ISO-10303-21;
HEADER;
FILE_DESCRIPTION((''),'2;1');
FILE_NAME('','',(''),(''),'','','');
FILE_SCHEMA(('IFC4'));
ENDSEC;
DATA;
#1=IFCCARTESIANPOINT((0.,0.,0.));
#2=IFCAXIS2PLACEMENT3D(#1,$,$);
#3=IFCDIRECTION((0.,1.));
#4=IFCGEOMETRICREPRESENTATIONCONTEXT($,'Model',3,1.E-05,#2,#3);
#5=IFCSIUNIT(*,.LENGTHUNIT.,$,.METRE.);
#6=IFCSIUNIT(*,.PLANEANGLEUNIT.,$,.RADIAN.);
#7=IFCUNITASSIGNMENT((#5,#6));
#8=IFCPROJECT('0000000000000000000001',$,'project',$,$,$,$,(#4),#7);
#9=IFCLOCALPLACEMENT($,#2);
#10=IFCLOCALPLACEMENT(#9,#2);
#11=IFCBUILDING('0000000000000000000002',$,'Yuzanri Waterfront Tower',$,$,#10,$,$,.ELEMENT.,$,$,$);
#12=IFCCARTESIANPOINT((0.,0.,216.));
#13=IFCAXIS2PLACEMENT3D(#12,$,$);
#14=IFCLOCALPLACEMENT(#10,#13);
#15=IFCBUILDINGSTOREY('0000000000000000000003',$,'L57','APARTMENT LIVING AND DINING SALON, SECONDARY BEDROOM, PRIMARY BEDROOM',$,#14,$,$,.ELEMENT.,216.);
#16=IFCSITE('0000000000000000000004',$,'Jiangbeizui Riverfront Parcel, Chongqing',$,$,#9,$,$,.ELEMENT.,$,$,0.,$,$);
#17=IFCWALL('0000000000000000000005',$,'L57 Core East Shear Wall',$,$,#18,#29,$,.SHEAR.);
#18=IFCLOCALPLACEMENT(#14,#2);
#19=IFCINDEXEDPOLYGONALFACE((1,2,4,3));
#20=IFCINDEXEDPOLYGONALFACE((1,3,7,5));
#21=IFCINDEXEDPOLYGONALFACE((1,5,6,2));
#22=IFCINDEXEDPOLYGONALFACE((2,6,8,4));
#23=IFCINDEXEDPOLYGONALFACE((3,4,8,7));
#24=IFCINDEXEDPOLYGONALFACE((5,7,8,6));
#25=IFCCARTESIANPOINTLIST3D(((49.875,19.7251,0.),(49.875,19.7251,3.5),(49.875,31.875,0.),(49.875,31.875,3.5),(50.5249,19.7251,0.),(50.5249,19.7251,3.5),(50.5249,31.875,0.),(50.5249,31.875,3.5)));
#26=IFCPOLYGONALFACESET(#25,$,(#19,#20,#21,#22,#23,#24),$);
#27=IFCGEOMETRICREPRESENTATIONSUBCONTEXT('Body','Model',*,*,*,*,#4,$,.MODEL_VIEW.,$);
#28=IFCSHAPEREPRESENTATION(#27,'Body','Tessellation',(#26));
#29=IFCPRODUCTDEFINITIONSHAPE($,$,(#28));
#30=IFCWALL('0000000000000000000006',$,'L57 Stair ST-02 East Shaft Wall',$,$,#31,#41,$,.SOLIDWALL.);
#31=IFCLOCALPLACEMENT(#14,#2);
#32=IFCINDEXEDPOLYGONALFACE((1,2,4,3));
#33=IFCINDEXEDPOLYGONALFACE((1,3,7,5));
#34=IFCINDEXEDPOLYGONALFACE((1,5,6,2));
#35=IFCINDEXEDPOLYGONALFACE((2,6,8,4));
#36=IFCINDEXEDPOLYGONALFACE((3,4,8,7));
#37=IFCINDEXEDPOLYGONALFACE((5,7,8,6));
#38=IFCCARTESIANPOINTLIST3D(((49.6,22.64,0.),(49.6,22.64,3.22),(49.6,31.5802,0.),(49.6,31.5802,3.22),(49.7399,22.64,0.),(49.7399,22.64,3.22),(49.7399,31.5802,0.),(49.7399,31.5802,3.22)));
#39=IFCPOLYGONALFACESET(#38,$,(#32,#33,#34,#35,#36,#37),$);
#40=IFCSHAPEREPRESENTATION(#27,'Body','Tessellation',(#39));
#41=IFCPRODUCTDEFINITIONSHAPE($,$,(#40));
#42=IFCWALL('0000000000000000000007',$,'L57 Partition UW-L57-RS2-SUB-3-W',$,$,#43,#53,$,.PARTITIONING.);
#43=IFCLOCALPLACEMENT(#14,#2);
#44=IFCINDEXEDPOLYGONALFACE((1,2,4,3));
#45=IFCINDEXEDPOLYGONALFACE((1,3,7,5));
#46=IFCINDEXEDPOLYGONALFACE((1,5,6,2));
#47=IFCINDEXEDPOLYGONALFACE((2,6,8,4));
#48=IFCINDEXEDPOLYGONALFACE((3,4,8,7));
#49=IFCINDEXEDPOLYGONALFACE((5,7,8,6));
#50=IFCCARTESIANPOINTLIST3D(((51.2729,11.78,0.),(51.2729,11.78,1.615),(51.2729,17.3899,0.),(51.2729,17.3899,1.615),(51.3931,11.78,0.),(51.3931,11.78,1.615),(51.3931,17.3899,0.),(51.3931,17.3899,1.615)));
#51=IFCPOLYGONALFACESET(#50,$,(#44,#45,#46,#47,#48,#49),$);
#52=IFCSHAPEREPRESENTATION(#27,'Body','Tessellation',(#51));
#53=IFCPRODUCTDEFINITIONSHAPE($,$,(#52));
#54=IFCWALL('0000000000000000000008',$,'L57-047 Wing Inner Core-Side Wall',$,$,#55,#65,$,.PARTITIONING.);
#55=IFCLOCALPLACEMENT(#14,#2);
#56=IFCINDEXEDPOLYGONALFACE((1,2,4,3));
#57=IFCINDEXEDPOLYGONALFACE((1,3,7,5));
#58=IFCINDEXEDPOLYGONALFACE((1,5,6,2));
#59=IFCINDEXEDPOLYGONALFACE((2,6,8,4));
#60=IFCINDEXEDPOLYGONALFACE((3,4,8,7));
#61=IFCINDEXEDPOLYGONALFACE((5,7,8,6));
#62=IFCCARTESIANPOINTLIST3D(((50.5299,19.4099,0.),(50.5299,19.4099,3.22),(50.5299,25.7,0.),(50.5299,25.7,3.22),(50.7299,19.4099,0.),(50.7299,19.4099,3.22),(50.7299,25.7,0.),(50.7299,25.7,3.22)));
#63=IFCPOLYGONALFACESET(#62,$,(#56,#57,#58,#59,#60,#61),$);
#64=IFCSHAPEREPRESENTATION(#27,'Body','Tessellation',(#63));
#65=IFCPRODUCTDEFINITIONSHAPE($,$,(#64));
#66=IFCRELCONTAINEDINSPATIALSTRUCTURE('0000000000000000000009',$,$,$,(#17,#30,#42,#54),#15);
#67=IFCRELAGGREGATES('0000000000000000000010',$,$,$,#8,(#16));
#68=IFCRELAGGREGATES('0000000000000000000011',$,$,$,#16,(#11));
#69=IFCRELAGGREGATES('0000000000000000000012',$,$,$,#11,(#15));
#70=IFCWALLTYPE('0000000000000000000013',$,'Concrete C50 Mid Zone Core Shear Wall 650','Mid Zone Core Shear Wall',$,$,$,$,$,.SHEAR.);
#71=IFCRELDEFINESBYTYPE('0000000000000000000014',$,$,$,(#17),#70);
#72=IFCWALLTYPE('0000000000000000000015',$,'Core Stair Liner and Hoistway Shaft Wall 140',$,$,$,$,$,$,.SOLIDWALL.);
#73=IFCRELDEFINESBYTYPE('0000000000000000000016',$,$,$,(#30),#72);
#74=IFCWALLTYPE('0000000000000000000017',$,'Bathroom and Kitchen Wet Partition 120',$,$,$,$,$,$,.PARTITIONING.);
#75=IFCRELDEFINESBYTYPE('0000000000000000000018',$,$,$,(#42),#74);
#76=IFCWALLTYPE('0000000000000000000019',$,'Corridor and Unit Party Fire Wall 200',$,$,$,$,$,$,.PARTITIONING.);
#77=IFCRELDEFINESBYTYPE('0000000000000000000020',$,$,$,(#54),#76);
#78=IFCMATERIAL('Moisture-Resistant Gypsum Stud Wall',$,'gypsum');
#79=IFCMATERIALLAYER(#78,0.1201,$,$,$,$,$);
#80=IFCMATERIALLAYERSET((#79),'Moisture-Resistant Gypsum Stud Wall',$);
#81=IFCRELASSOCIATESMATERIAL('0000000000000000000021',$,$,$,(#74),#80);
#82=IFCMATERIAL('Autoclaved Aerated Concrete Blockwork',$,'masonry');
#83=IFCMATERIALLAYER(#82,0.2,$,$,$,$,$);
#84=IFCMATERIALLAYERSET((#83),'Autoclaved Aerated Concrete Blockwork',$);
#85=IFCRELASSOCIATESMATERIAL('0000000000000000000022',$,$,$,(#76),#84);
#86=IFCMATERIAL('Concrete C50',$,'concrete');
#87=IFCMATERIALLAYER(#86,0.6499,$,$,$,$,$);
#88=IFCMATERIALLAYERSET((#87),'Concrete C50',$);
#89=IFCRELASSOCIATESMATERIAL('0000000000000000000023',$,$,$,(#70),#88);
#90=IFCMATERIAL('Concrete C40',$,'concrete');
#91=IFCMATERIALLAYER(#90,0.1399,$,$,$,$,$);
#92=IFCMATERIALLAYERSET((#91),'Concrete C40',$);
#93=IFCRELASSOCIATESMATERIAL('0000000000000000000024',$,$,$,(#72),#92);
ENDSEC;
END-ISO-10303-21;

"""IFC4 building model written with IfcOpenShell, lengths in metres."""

from ifc_helpers import new_model, si_unit, direction, frame, frame_2d, origin, place, context, subcontext, project, spatial, rectangle, extrude, source, transform, mapped, material, layer, layer_set, type_object, element, save


model = new_model("IFC4")

# Units and contexts
model_context = context("Model", 3, precision=1e-05, world=origin(), true_north=direction((0.0, 1.0)))
body_context = subcontext(model_context, "Body", "Model", "MODEL_VIEW")
ifc_project = project(units=[si_unit("LENGTHUNIT", "METRE"), si_unit("PLANEANGLEUNIT", "RADIAN")], contexts=[model_context])

# Site, building, storey
site_placement = place(None, origin())
site = spatial("IfcSite", under=ifc_project, at=site_placement, Name="Jiangbeizui Riverfront Parcel, Chongqing", CompositionType="ELEMENT", RefElevation=0.0)
building_placement = place(site_placement, origin())
building = spatial("IfcBuilding", under=site, at=building_placement, Name="Yuzanri Waterfront Tower", CompositionType="ELEMENT")
storey_placement = place(building_placement, frame((0.0, 0.0, 216.0)))
storey = spatial("IfcBuildingStorey", under=building, at=storey_placement, Name="L57", Description="APARTMENT LIVING AND DINING SALON, SECONDARY BEDROOM, PRIMARY BEDROOM", CompositionType="ELEMENT", Elevation=216.0)

# Shared definitions
ifc_material_1 = material(Name="Moisture-Resistant Gypsum Stud Wall", Category="gypsum")
ifc_layer_1 = layer(ifc_material_1, 0.1201)
ifc_layer_set_1 = layer_set([ifc_layer_1], Name="Moisture-Resistant Gypsum Stud Wall")
wall_type_1 = type_object("IfcWallType", Name="Bathroom and Kitchen Wet Partition 120", PredefinedType="PARTITIONING", material=ifc_layer_set_1)
ifc_material_2 = material(Name="Autoclaved Aerated Concrete Blockwork", Category="masonry")
ifc_layer_2 = layer(ifc_material_2, 0.2)
ifc_layer_set_2 = layer_set([ifc_layer_2], Name="Autoclaved Aerated Concrete Blockwork")
wall_type_2 = type_object("IfcWallType", Name="Corridor and Unit Party Fire Wall 200", PredefinedType="PARTITIONING", material=ifc_layer_set_2)

# Walls
ifc_material_3 = material(Name="Concrete C50", Category="concrete")
ifc_layer_3 = layer(ifc_material_3, 0.6499)
ifc_layer_set_3 = layer_set([ifc_layer_3], Name="Concrete C50")
wall_type_3 = type_object("IfcWallType", Name="Concrete C50 Mid Zone Core Shear Wall 650", Description="Mid Zone Core Shear Wall", PredefinedType="SHEAR", material=ifc_layer_set_3)
shared_shape_1 = source(origin(), body_context, "Body", "SweptSolid", [
    extrude(rectangle(XDim=12.1499, YDim=0.6499, at=frame_2d((6.075, 0.0))), origin(), (0.0, 0.0, 1.0), 3.5),
])
wall_1_placement = place(storey_placement, frame((50.2, 19.7251, 0.0), z_axis=(0.0, 0.0, 1.0), x_axis=(0.0, 1.0, 0.0)))
element("IfcWall", 1, at=wall_1_placement, inside=storey, type_object=wall_type_3, Name="L57 Core East Shear Wall", PredefinedType="SHEAR", context=body_context, shape_type="MappedRepresentation", body=[
    mapped(shared_shape_1, transform((0.0, 0.0, 0.0), scale=1.0)),
])
ifc_material_4 = material(Name="Concrete C40", Category="concrete")
ifc_layer_4 = layer(ifc_material_4, 0.1399)
ifc_layer_set_4 = layer_set([ifc_layer_4], Name="Concrete C40")
wall_type_4 = type_object("IfcWallType", Name="Core Stair Liner and Hoistway Shaft Wall 140", PredefinedType="SOLIDWALL", material=ifc_layer_set_4)
shared_shape_2 = source(origin(), body_context, "Body", "SweptSolid", [
    extrude(rectangle(XDim=8.9402, YDim=0.1399, at=frame_2d((4.4702, 0.0))), origin(), (0.0, 0.0, 1.0), 3.22),
])
wall_2_placement = place(storey_placement, frame((49.6699, 22.6399, 0.0), z_axis=(0.0, 0.0, 1.0), x_axis=(0.0, 1.0, 0.0)))
element("IfcWall", 2, at=wall_2_placement, inside=storey, type_object=wall_type_4, Name="L57 Stair ST-02 East Shaft Wall", PredefinedType="SOLIDWALL", context=body_context, shape_type="MappedRepresentation", body=[
    mapped(shared_shape_2, transform((0.0, 0.0, 0.0), scale=1.0)),
])
shared_shape_3 = source(origin(), body_context, "Body", "SweptSolid", [
    extrude(rectangle(XDim=5.6099, YDim=0.1201, at=frame_2d((2.8049, 0.0))), origin(), (0.0, 0.0, 1.0), 1.615),
])
wall_3_placement = place(storey_placement, frame((51.333, 11.78, 0.0), z_axis=(0.0, 0.0, 1.0), x_axis=(0.0, 1.0, 0.0)))
element("IfcWall", 3, at=wall_3_placement, inside=storey, type_object=wall_type_1, Name="L57 Partition UW-L57-RS2-SUB-3-W", PredefinedType="PARTITIONING", context=body_context, shape_type="MappedRepresentation", body=[
    mapped(shared_shape_3, transform((0.0, 0.0, 0.0), scale=1.0)),
])
shared_shape_4 = source(origin(), body_context, "Body", "SweptSolid", [
    extrude(rectangle(XDim=6.29, YDim=0.2, at=frame_2d((3.145, 0.0))), origin(), (0.0, 0.0, 1.0), 3.22),
])
wall_4_placement = place(storey_placement, frame((50.6299, 19.4099, 0.0), z_axis=(0.0, 0.0, 1.0), x_axis=(0.0, 1.0, 0.0)))
element("IfcWall", 4, at=wall_4_placement, inside=storey, type_object=wall_type_2, Name="L57-047 Wing Inner Core-Side Wall", PredefinedType="PARTITIONING", context=body_context, shape_type="MappedRepresentation", body=[
    mapped(shared_shape_4, transform((0.0, 0.0, 0.0), scale=1.0)),
])

save(model, "model.ifc")
